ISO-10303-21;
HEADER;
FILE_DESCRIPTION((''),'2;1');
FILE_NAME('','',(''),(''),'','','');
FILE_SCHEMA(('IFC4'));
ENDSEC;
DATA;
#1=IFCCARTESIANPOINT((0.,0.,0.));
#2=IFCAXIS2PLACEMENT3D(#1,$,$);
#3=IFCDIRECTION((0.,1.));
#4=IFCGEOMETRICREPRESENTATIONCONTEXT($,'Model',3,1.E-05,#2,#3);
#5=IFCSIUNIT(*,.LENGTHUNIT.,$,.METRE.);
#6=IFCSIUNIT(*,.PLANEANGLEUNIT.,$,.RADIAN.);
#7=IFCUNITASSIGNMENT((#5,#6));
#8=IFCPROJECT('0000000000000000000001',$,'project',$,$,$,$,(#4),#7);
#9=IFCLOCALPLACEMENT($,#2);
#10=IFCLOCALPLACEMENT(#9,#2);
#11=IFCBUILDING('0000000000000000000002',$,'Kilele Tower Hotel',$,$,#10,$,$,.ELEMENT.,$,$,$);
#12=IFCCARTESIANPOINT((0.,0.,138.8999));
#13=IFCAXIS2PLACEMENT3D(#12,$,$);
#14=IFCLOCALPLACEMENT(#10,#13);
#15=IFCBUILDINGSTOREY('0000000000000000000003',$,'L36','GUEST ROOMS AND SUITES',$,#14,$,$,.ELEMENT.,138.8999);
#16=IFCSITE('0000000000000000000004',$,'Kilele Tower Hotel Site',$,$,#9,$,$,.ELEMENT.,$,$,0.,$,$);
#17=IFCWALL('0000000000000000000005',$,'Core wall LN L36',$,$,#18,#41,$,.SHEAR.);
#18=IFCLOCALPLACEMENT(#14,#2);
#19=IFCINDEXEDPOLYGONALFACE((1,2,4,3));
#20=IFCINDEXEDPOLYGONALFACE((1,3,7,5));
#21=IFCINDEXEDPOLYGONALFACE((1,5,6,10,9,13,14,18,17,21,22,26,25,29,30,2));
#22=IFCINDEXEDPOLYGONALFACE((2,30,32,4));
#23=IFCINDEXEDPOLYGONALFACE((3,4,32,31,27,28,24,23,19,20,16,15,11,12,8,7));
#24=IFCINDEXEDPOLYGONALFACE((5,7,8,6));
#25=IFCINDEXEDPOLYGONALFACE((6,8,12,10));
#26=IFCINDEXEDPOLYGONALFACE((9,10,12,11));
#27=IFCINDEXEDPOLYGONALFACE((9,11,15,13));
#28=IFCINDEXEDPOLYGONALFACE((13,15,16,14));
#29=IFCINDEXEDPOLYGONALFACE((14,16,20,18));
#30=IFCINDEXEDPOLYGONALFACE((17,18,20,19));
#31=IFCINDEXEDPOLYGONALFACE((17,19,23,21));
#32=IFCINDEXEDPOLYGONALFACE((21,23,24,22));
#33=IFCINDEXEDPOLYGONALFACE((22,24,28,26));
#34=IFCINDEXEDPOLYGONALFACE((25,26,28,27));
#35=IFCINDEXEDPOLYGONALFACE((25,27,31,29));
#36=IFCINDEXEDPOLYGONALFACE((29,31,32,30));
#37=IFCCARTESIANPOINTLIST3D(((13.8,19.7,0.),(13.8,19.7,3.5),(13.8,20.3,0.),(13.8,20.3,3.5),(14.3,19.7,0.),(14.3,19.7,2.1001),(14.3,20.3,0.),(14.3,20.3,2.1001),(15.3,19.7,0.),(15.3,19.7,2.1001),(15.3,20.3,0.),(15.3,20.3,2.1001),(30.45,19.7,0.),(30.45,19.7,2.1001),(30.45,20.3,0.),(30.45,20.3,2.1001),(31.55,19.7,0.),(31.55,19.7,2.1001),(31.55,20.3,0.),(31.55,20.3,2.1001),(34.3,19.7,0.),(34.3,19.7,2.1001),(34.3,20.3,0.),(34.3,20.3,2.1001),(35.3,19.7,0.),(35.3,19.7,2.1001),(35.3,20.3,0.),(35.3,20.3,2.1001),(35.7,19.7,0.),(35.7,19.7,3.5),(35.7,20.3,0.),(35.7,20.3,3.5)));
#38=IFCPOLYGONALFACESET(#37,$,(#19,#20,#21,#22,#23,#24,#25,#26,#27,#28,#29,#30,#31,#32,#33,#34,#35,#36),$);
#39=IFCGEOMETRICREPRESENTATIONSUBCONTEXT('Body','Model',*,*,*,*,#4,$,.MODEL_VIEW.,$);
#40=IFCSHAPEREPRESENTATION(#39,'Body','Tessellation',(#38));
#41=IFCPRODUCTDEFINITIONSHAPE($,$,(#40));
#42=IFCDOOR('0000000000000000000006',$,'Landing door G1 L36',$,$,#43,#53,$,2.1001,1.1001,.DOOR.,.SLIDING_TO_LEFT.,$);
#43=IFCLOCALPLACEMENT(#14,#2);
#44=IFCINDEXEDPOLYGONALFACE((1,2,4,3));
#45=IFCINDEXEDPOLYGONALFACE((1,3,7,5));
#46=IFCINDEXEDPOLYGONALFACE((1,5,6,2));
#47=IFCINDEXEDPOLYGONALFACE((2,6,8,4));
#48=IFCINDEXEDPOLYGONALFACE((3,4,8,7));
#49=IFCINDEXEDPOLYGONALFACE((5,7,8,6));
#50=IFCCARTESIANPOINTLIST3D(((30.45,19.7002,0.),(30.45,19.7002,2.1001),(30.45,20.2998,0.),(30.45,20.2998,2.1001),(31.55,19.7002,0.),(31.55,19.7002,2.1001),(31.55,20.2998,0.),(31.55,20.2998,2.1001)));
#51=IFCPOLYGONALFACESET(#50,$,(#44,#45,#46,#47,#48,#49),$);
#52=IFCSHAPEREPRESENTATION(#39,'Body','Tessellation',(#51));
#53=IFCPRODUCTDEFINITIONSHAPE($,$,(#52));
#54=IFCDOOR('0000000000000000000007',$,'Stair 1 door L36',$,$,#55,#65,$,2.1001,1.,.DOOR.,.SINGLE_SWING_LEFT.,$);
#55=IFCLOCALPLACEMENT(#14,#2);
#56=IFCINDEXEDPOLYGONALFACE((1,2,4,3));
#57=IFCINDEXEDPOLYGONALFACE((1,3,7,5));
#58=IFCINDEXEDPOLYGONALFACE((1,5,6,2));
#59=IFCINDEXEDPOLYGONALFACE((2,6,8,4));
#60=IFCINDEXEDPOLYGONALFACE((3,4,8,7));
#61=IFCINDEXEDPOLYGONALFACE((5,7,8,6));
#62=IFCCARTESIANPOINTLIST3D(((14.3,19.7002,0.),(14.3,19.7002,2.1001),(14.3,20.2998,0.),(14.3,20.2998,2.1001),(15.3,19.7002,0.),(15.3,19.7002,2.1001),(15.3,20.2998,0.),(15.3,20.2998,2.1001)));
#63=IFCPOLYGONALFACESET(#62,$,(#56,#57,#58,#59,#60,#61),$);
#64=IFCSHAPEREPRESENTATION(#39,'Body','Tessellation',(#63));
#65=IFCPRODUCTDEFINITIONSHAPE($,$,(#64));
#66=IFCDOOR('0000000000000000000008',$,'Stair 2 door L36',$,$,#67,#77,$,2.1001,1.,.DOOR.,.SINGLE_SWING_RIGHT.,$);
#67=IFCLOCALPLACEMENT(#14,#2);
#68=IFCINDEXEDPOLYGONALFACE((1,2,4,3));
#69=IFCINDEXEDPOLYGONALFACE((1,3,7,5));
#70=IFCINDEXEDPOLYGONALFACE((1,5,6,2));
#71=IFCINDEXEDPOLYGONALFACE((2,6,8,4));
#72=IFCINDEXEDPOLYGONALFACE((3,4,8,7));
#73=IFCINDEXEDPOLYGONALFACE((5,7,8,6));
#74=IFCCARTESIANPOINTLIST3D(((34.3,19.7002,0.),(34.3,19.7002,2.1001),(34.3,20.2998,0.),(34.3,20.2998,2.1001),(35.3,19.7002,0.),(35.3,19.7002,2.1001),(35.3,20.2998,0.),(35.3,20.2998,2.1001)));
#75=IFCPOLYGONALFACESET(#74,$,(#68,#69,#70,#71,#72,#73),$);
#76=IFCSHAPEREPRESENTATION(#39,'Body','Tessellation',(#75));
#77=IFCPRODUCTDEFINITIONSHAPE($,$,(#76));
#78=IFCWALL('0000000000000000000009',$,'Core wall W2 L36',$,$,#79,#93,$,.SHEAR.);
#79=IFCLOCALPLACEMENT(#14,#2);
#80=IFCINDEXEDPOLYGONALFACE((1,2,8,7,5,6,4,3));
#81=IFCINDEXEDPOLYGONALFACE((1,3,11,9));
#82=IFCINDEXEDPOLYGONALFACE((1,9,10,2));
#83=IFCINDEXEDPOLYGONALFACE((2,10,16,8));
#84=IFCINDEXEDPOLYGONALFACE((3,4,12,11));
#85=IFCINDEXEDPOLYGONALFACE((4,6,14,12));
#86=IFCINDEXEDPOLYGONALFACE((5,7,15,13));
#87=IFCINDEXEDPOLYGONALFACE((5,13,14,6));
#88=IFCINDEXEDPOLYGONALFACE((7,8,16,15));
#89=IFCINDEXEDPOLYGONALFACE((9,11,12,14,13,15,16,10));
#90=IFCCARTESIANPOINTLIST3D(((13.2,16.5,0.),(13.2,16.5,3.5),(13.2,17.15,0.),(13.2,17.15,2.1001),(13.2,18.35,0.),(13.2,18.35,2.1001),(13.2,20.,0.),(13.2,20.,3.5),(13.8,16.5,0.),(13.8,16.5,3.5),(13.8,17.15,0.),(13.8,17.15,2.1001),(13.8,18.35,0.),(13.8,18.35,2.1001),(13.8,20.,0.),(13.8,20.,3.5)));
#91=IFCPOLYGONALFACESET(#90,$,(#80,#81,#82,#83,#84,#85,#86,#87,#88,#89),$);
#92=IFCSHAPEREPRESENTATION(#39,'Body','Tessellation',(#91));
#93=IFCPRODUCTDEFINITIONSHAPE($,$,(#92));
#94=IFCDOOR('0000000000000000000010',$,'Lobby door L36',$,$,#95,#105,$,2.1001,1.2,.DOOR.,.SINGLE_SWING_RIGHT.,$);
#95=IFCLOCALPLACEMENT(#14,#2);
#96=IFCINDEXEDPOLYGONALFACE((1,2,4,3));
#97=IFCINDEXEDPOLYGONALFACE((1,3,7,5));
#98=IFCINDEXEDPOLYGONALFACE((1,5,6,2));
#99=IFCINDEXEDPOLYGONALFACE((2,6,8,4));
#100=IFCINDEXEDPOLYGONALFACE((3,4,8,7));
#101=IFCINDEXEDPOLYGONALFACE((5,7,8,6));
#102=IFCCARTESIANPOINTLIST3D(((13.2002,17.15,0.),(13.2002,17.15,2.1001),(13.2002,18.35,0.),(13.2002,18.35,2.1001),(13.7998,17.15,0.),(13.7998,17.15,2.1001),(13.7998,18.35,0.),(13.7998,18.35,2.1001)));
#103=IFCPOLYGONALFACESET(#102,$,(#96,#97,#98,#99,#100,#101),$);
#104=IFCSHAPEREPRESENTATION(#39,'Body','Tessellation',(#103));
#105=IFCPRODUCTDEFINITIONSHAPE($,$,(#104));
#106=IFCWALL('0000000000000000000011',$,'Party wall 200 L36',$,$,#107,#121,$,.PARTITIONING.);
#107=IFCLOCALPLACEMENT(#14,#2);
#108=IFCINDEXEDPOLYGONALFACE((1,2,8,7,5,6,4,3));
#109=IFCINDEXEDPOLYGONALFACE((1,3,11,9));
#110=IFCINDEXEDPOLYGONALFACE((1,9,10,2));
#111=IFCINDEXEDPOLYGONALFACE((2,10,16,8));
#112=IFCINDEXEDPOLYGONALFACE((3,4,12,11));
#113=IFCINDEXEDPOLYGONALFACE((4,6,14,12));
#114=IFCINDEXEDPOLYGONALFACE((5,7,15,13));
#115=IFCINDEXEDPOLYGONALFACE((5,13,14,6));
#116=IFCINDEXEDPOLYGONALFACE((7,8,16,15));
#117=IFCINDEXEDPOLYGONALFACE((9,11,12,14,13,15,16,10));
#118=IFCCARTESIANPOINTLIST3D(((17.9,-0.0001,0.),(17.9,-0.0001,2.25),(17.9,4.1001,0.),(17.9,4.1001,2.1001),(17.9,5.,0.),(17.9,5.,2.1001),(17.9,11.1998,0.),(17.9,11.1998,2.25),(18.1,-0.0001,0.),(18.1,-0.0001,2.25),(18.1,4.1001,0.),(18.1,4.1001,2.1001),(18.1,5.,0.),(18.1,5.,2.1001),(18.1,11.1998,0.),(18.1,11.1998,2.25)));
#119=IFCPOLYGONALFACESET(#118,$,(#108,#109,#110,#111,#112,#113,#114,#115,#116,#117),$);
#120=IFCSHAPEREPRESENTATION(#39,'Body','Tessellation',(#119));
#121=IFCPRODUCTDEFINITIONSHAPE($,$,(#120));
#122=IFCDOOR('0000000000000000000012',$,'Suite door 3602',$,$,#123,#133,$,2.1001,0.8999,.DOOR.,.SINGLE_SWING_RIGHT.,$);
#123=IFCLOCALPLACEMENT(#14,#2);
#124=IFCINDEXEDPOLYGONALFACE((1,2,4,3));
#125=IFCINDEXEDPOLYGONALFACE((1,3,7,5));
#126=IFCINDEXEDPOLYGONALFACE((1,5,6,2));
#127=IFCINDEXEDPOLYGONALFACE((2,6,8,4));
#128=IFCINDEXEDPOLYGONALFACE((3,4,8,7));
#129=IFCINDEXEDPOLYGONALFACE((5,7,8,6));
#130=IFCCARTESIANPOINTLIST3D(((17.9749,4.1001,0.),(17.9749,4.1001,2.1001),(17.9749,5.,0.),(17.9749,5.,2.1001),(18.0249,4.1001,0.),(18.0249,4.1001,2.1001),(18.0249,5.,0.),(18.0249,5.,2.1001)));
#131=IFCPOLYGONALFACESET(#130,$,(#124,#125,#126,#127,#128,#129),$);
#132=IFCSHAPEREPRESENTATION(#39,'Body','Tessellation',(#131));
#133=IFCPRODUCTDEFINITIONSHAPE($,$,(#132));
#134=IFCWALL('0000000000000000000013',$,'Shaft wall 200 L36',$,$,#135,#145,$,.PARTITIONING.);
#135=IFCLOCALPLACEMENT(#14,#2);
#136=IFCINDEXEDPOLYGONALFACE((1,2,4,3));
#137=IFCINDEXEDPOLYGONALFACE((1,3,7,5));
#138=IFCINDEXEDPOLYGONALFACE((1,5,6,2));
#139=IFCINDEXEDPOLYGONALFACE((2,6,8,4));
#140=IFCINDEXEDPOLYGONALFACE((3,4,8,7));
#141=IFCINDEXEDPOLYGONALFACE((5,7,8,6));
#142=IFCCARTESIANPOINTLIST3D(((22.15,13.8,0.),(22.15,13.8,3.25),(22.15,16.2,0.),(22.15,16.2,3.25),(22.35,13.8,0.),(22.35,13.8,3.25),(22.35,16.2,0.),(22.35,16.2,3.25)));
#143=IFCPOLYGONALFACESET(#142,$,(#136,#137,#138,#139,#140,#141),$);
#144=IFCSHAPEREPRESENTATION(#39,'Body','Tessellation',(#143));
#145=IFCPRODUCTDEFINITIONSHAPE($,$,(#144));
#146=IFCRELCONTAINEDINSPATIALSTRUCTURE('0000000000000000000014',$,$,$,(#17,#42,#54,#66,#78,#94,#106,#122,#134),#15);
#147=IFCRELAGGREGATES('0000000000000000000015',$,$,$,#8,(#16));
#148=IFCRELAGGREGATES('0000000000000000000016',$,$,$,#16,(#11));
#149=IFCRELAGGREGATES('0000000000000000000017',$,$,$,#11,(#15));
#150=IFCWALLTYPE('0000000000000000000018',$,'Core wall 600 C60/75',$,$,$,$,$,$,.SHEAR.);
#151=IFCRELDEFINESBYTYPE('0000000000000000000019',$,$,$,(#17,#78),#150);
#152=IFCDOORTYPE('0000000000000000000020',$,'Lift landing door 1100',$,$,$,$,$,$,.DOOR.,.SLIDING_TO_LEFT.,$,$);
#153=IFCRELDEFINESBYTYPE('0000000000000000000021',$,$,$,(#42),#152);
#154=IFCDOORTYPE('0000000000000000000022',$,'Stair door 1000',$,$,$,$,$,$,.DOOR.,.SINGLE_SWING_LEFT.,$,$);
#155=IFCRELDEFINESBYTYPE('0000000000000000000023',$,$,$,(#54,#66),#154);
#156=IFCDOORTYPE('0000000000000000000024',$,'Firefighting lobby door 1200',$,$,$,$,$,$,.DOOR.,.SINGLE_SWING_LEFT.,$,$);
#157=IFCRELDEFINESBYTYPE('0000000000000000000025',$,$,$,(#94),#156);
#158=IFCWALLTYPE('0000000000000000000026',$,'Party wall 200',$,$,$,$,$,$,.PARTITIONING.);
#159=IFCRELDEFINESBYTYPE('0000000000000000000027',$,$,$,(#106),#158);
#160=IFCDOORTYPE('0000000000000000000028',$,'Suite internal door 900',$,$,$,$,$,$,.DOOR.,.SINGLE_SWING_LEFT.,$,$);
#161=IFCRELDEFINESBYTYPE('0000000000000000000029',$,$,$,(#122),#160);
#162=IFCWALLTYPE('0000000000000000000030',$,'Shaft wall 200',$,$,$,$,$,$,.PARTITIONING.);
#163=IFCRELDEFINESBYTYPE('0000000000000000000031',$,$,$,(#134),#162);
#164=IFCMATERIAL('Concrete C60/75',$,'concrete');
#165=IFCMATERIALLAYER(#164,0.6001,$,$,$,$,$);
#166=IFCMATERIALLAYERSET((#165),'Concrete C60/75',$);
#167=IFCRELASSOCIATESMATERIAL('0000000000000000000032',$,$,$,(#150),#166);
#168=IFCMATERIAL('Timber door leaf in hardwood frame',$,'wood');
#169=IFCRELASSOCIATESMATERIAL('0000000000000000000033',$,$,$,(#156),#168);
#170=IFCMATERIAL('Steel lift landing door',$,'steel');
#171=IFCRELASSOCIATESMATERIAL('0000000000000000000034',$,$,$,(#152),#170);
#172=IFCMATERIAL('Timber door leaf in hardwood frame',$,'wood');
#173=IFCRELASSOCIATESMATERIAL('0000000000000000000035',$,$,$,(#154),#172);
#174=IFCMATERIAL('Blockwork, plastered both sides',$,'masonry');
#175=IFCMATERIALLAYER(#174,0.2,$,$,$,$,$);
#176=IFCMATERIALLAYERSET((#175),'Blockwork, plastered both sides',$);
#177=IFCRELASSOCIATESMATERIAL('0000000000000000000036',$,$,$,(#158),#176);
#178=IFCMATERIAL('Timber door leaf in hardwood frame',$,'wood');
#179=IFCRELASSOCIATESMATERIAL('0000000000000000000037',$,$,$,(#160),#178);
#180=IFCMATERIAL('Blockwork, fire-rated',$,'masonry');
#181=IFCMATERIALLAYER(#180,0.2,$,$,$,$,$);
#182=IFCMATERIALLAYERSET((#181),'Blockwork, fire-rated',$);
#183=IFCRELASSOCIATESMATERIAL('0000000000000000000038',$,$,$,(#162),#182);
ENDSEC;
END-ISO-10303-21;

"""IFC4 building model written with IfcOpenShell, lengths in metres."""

from ifc_helpers import new_model, si_unit, direction, frame, frame_2d, origin, place, context, subcontext, project, spatial, rectangle, extrude, material, layer, layer_set, type_object, element, fill, save


model = new_model("IFC4")

# Units and contexts
model_context = context("Model", 3, precision=1e-05, world=origin(), true_north=direction((0.0, 1.0)))
body_context = subcontext(model_context, "Body", "Model", "MODEL_VIEW")
ifc_project = project(units=[si_unit("LENGTHUNIT", "METRE"), si_unit("PLANEANGLEUNIT", "RADIAN")], contexts=[model_context])

# Site, building, storey
site_placement = place(None, origin())
site = spatial("IfcSite", under=ifc_project, at=site_placement, Name="Kilele Tower Hotel Site", CompositionType="ELEMENT", RefElevation=0.0)
building_placement = place(site_placement, origin())
building = spatial("IfcBuilding", under=site, at=building_placement, Name="Kilele Tower Hotel", CompositionType="ELEMENT")
storey_placement = place(building_placement, frame((0.0, 0.0, 138.8999)))
storey = spatial("IfcBuildingStorey", under=building, at=storey_placement, Name="L36", Description="GUEST ROOMS AND SUITES", CompositionType="ELEMENT", Elevation=138.8999)

# Shared definitions
ifc_material_1 = material(Name="Concrete C60/75", Category="concrete")
ifc_layer_1 = layer(ifc_material_1, 0.6001)
ifc_layer_set_1 = layer_set([ifc_layer_1], Name="Concrete C60/75")
wall_type_1 = type_object("IfcWallType", Name="Core wall 600 C60/75", PredefinedType="SHEAR", material=ifc_layer_set_1)
ifc_material_2 = material(Name="Timber door leaf in hardwood frame", Category="wood")
door_type_1 = type_object("IfcDoorType", Name="Firefighting lobby door 1200", OperationType="SINGLE_SWING_LEFT", PredefinedType="DOOR", material=ifc_material_2)

# Wall, openings, doors
ifc_material_3 = material(Name="Steel lift landing door", Category="steel")
door_type_2 = type_object("IfcDoorType", Name="Lift landing door 1100", OperationType="SLIDING_TO_LEFT", PredefinedType="DOOR", material=ifc_material_3)
wall_1_placement = place(storey_placement, frame((13.8, 20.0, 0.0), z_axis=(0.0, 0.0, 1.0), x_axis=(1.0, 0.0, 0.0)))
wall_1 = element("IfcWall", 1, at=wall_1_placement, inside=storey, type_object=wall_type_1, Name="Core wall LN L36", PredefinedType="SHEAR", context=body_context, shape_type="SweptSolid", body=[
    extrude(rectangle(XDim=21.8999, YDim=0.6001, at=frame_2d((10.95, 0.0))), origin(), (0.0, 0.0, 1.0), 3.5),
])
opening_1_placement = place(wall_1_placement, frame((0.5, 0.0, 0.0)))
opening_1 = element("IfcOpeningElement", 2, at=opening_1_placement, cuts=wall_1, PredefinedType="OPENING", context=body_context, shape_type="SweptSolid", body=[
    extrude(rectangle(XDim=1.0, YDim=2.1001, at=frame_2d((0.5, 1.05))), frame((0.0, 0.3101, 0.0), z_axis=(0.0, -1.0, 0.0), x_axis=(1.0, 0.0, 0.0)), (0.0, 0.0, 1.0), 0.6201),
])
opening_2_placement = place(wall_1_placement, frame((20.5, 0.0, 0.0)))
opening_2 = element("IfcOpeningElement", 3, at=opening_2_placement, cuts=wall_1, PredefinedType="OPENING", context=body_context, shape_type="SweptSolid", body=[
    extrude(rectangle(XDim=1.0, YDim=2.1001, at=frame_2d((0.5, 1.05))), frame((0.0, 0.3101, 0.0), z_axis=(0.0, -1.0, 0.0), x_axis=(1.0, 0.0, 0.0)), (0.0, 0.0, 1.0), 0.6201),
])
opening_3_placement = place(wall_1_placement, frame((16.6499, 0.0, 0.0)))
opening_3 = element("IfcOpeningElement", 4, at=opening_3_placement, cuts=wall_1, PredefinedType="OPENING", context=body_context, shape_type="SweptSolid", body=[
    extrude(rectangle(XDim=1.1001, YDim=2.1001, at=frame_2d((0.55, 1.05))), frame((0.0, 0.3101, 0.0), z_axis=(0.0, -1.0, 0.0), x_axis=(1.0, 0.0, 0.0)), (0.0, 0.0, 1.0), 0.6201),
])
door_1_placement = place(opening_3_placement, origin())
door_1 = element("IfcDoor", 5, at=door_1_placement, inside=storey, type_object=door_type_2, Name="Landing door G1 L36", OperationType="SLIDING_TO_LEFT", OverallHeight=2.1001, OverallWidth=1.1001, PredefinedType="DOOR", context=body_context, shape_type="SweptSolid", body=[
    extrude(rectangle(XDim=1.1001, YDim=2.1001, at=frame_2d((0.55, 1.05))), frame((0.0, 0.2998, 0.0), z_axis=(0.0, -1.0, 0.0), x_axis=(1.0, 0.0, 0.0)), (0.0, 0.0, 1.0), 0.5996),
])
fill(opening_3, door_1)
ifc_material_4 = material(Name="Timber door leaf in hardwood frame", Category="wood")
door_type_3 = type_object("IfcDoorType", Name="Stair door 1000", OperationType="SINGLE_SWING_LEFT", PredefinedType="DOOR", material=ifc_material_4)
door_2_placement = place(opening_1_placement, origin())
door_2 = element("IfcDoor", 6, at=door_2_placement, inside=storey, type_object=door_type_3, Name="Stair 1 door L36", OperationType="SINGLE_SWING_LEFT", OverallHeight=2.1001, OverallWidth=1.0, PredefinedType="DOOR", context=body_context, shape_type="SweptSolid", body=[
    extrude(rectangle(XDim=1.0, YDim=2.1001, at=frame_2d((0.5, 1.05))), frame((0.0, 0.2998, 0.0), z_axis=(0.0, -1.0, 0.0), x_axis=(1.0, 0.0, 0.0)), (0.0, 0.0, 1.0), 0.5996),
])
fill(opening_1, door_2)
door_3_placement = place(opening_2_placement, origin())
door_3 = element("IfcDoor", 7, at=door_3_placement, inside=storey, type_object=door_type_3, Name="Stair 2 door L36", OperationType="SINGLE_SWING_RIGHT", OverallHeight=2.1001, OverallWidth=1.0, PredefinedType="DOOR", context=body_context, shape_type="SweptSolid", body=[
    extrude(rectangle(XDim=1.0, YDim=2.1001, at=frame_2d((0.5, 1.05))), frame((0.0, 0.2998, 0.0), z_axis=(0.0, -1.0, 0.0), x_axis=(1.0, 0.0, 0.0)), (0.0, 0.0, 1.0), 0.5996),
])
fill(opening_2, door_3)

# Walls, openings, doors
wall_2_placement = place(storey_placement, frame((13.5, 20.0, 0.0), z_axis=(0.0, 0.0, 1.0), x_axis=(0.0, -1.0, 0.0)))
wall_2 = element("IfcWall", 8, at=wall_2_placement, inside=storey, type_object=wall_type_1, Name="Core wall W2 L36", PredefinedType="SHEAR", context=body_context, shape_type="SweptSolid", body=[
    extrude(rectangle(XDim=3.5, YDim=0.6001, at=frame_2d((1.75, 0.0))), origin(), (0.0, 0.0, 1.0), 3.5),
])
opening_4_placement = place(wall_2_placement, frame((1.6499, 0.0, 0.0)))
opening_4 = element("IfcOpeningElement", 9, at=opening_4_placement, cuts=wall_2, PredefinedType="OPENING", context=body_context, shape_type="SweptSolid", body=[
    extrude(rectangle(XDim=1.2, YDim=2.1001, at=frame_2d((0.6001, 1.05))), frame((0.0, 0.3101, 0.0), z_axis=(0.0, -1.0, 0.0), x_axis=(1.0, 0.0, 0.0)), (0.0, 0.0, 1.0), 0.6201),
])
door_4_placement = place(opening_4_placement, origin())
door_4 = element("IfcDoor", 10, at=door_4_placement, inside=storey, type_object=door_type_1, Name="Lobby door L36", OperationType="SINGLE_SWING_RIGHT", OverallHeight=2.1001, OverallWidth=1.2, PredefinedType="DOOR", context=body_context, shape_type="SweptSolid", body=[
    extrude(rectangle(XDim=1.2, YDim=2.1001, at=frame_2d((0.6001, 1.05))), frame((0.0, 0.2998, 0.0), z_axis=(0.0, -1.0, 0.0), x_axis=(1.0, 0.0, 0.0)), (0.0, 0.0, 1.0), 0.5996),
])
fill(opening_4, door_4)
ifc_material_5 = material(Name="Blockwork, plastered both sides", Category="masonry")
ifc_layer_2 = layer(ifc_material_5, 0.2)
ifc_layer_set_2 = layer_set([ifc_layer_2], Name="Blockwork, plastered both sides")
wall_type_2 = type_object("IfcWallType", Name="Party wall 200", PredefinedType="PARTITIONING", material=ifc_layer_set_2)
wall_3_placement = place(storey_placement, frame((18.0, 11.2, 0.0), z_axis=(0.0, 0.0, 1.0), x_axis=(0.0, -1.0, 0.0)))
wall_3 = element("IfcWall", 11, at=wall_3_placement, inside=storey, type_object=wall_type_2, Name="Party wall 200 L36", PredefinedType="PARTITIONING", context=body_context, shape_type="SweptSolid", body=[
    extrude(rectangle(XDim=11.2, YDim=0.2, at=frame_2d((5.6001, 0.0))), origin(), (0.0, 0.0, 1.0), 2.25),
])
opening_5_placement = place(wall_3_placement, frame((6.2, 0.0, 0.0)))
opening_5 = element("IfcOpeningElement", 12, at=opening_5_placement, cuts=wall_3, PredefinedType="OPENING", context=body_context, shape_type="SweptSolid", body=[
    extrude(rectangle(XDim=0.8999, YDim=2.1001, at=frame_2d((0.45, 1.05))), frame((0.0, 0.1099, 0.0), z_axis=(0.0, -1.0, 0.0), x_axis=(1.0, 0.0, 0.0)), (0.0, 0.0, 1.0), 0.22),
])
ifc_material_6 = material(Name="Timber door leaf in hardwood frame", Category="wood")
door_type_4 = type_object("IfcDoorType", Name="Suite internal door 900", OperationType="SINGLE_SWING_LEFT", PredefinedType="DOOR", material=ifc_material_6)
door_5_placement = place(opening_5_placement, origin())
door_5 = element("IfcDoor", 13, at=door_5_placement, inside=storey, type_object=door_type_4, Name="Suite door 3602", OperationType="SINGLE_SWING_RIGHT", OverallHeight=2.1001, OverallWidth=0.8999, PredefinedType="DOOR", context=body_context, shape_type="SweptSolid", body=[
    extrude(rectangle(XDim=0.8999, YDim=2.1001, at=frame_2d((0.45, 1.05))), frame((0.0, 0.0249, 0.0), z_axis=(0.0, -1.0, 0.0), x_axis=(1.0, 0.0, 0.0)), (0.0, 0.0, 1.0), 0.05),
])
fill(opening_5, door_5)

# Wall
ifc_material_7 = material(Name="Blockwork, fire-rated", Category="masonry")
ifc_layer_3 = layer(ifc_material_7, 0.2)
ifc_layer_set_3 = layer_set([ifc_layer_3], Name="Blockwork, fire-rated")
wall_type_3 = type_object("IfcWallType", Name="Shaft wall 200", PredefinedType="PARTITIONING", material=ifc_layer_set_3)
wall_4_placement = place(storey_placement, frame((22.25, 13.8, 0.0), z_axis=(0.0, 0.0, 1.0), x_axis=(0.0, 1.0, 0.0)))
element("IfcWall", 14, at=wall_4_placement, inside=storey, type_object=wall_type_3, Name="Shaft wall 200 L36", PredefinedType="PARTITIONING", context=body_context, shape_type="SweptSolid", body=[
    extrude(rectangle(XDim=2.3999, YDim=0.2, at=frame_2d((1.2, 0.0))), origin(), (0.0, 0.0, 1.0), 3.25),
])

save(model, "model.ifc")
